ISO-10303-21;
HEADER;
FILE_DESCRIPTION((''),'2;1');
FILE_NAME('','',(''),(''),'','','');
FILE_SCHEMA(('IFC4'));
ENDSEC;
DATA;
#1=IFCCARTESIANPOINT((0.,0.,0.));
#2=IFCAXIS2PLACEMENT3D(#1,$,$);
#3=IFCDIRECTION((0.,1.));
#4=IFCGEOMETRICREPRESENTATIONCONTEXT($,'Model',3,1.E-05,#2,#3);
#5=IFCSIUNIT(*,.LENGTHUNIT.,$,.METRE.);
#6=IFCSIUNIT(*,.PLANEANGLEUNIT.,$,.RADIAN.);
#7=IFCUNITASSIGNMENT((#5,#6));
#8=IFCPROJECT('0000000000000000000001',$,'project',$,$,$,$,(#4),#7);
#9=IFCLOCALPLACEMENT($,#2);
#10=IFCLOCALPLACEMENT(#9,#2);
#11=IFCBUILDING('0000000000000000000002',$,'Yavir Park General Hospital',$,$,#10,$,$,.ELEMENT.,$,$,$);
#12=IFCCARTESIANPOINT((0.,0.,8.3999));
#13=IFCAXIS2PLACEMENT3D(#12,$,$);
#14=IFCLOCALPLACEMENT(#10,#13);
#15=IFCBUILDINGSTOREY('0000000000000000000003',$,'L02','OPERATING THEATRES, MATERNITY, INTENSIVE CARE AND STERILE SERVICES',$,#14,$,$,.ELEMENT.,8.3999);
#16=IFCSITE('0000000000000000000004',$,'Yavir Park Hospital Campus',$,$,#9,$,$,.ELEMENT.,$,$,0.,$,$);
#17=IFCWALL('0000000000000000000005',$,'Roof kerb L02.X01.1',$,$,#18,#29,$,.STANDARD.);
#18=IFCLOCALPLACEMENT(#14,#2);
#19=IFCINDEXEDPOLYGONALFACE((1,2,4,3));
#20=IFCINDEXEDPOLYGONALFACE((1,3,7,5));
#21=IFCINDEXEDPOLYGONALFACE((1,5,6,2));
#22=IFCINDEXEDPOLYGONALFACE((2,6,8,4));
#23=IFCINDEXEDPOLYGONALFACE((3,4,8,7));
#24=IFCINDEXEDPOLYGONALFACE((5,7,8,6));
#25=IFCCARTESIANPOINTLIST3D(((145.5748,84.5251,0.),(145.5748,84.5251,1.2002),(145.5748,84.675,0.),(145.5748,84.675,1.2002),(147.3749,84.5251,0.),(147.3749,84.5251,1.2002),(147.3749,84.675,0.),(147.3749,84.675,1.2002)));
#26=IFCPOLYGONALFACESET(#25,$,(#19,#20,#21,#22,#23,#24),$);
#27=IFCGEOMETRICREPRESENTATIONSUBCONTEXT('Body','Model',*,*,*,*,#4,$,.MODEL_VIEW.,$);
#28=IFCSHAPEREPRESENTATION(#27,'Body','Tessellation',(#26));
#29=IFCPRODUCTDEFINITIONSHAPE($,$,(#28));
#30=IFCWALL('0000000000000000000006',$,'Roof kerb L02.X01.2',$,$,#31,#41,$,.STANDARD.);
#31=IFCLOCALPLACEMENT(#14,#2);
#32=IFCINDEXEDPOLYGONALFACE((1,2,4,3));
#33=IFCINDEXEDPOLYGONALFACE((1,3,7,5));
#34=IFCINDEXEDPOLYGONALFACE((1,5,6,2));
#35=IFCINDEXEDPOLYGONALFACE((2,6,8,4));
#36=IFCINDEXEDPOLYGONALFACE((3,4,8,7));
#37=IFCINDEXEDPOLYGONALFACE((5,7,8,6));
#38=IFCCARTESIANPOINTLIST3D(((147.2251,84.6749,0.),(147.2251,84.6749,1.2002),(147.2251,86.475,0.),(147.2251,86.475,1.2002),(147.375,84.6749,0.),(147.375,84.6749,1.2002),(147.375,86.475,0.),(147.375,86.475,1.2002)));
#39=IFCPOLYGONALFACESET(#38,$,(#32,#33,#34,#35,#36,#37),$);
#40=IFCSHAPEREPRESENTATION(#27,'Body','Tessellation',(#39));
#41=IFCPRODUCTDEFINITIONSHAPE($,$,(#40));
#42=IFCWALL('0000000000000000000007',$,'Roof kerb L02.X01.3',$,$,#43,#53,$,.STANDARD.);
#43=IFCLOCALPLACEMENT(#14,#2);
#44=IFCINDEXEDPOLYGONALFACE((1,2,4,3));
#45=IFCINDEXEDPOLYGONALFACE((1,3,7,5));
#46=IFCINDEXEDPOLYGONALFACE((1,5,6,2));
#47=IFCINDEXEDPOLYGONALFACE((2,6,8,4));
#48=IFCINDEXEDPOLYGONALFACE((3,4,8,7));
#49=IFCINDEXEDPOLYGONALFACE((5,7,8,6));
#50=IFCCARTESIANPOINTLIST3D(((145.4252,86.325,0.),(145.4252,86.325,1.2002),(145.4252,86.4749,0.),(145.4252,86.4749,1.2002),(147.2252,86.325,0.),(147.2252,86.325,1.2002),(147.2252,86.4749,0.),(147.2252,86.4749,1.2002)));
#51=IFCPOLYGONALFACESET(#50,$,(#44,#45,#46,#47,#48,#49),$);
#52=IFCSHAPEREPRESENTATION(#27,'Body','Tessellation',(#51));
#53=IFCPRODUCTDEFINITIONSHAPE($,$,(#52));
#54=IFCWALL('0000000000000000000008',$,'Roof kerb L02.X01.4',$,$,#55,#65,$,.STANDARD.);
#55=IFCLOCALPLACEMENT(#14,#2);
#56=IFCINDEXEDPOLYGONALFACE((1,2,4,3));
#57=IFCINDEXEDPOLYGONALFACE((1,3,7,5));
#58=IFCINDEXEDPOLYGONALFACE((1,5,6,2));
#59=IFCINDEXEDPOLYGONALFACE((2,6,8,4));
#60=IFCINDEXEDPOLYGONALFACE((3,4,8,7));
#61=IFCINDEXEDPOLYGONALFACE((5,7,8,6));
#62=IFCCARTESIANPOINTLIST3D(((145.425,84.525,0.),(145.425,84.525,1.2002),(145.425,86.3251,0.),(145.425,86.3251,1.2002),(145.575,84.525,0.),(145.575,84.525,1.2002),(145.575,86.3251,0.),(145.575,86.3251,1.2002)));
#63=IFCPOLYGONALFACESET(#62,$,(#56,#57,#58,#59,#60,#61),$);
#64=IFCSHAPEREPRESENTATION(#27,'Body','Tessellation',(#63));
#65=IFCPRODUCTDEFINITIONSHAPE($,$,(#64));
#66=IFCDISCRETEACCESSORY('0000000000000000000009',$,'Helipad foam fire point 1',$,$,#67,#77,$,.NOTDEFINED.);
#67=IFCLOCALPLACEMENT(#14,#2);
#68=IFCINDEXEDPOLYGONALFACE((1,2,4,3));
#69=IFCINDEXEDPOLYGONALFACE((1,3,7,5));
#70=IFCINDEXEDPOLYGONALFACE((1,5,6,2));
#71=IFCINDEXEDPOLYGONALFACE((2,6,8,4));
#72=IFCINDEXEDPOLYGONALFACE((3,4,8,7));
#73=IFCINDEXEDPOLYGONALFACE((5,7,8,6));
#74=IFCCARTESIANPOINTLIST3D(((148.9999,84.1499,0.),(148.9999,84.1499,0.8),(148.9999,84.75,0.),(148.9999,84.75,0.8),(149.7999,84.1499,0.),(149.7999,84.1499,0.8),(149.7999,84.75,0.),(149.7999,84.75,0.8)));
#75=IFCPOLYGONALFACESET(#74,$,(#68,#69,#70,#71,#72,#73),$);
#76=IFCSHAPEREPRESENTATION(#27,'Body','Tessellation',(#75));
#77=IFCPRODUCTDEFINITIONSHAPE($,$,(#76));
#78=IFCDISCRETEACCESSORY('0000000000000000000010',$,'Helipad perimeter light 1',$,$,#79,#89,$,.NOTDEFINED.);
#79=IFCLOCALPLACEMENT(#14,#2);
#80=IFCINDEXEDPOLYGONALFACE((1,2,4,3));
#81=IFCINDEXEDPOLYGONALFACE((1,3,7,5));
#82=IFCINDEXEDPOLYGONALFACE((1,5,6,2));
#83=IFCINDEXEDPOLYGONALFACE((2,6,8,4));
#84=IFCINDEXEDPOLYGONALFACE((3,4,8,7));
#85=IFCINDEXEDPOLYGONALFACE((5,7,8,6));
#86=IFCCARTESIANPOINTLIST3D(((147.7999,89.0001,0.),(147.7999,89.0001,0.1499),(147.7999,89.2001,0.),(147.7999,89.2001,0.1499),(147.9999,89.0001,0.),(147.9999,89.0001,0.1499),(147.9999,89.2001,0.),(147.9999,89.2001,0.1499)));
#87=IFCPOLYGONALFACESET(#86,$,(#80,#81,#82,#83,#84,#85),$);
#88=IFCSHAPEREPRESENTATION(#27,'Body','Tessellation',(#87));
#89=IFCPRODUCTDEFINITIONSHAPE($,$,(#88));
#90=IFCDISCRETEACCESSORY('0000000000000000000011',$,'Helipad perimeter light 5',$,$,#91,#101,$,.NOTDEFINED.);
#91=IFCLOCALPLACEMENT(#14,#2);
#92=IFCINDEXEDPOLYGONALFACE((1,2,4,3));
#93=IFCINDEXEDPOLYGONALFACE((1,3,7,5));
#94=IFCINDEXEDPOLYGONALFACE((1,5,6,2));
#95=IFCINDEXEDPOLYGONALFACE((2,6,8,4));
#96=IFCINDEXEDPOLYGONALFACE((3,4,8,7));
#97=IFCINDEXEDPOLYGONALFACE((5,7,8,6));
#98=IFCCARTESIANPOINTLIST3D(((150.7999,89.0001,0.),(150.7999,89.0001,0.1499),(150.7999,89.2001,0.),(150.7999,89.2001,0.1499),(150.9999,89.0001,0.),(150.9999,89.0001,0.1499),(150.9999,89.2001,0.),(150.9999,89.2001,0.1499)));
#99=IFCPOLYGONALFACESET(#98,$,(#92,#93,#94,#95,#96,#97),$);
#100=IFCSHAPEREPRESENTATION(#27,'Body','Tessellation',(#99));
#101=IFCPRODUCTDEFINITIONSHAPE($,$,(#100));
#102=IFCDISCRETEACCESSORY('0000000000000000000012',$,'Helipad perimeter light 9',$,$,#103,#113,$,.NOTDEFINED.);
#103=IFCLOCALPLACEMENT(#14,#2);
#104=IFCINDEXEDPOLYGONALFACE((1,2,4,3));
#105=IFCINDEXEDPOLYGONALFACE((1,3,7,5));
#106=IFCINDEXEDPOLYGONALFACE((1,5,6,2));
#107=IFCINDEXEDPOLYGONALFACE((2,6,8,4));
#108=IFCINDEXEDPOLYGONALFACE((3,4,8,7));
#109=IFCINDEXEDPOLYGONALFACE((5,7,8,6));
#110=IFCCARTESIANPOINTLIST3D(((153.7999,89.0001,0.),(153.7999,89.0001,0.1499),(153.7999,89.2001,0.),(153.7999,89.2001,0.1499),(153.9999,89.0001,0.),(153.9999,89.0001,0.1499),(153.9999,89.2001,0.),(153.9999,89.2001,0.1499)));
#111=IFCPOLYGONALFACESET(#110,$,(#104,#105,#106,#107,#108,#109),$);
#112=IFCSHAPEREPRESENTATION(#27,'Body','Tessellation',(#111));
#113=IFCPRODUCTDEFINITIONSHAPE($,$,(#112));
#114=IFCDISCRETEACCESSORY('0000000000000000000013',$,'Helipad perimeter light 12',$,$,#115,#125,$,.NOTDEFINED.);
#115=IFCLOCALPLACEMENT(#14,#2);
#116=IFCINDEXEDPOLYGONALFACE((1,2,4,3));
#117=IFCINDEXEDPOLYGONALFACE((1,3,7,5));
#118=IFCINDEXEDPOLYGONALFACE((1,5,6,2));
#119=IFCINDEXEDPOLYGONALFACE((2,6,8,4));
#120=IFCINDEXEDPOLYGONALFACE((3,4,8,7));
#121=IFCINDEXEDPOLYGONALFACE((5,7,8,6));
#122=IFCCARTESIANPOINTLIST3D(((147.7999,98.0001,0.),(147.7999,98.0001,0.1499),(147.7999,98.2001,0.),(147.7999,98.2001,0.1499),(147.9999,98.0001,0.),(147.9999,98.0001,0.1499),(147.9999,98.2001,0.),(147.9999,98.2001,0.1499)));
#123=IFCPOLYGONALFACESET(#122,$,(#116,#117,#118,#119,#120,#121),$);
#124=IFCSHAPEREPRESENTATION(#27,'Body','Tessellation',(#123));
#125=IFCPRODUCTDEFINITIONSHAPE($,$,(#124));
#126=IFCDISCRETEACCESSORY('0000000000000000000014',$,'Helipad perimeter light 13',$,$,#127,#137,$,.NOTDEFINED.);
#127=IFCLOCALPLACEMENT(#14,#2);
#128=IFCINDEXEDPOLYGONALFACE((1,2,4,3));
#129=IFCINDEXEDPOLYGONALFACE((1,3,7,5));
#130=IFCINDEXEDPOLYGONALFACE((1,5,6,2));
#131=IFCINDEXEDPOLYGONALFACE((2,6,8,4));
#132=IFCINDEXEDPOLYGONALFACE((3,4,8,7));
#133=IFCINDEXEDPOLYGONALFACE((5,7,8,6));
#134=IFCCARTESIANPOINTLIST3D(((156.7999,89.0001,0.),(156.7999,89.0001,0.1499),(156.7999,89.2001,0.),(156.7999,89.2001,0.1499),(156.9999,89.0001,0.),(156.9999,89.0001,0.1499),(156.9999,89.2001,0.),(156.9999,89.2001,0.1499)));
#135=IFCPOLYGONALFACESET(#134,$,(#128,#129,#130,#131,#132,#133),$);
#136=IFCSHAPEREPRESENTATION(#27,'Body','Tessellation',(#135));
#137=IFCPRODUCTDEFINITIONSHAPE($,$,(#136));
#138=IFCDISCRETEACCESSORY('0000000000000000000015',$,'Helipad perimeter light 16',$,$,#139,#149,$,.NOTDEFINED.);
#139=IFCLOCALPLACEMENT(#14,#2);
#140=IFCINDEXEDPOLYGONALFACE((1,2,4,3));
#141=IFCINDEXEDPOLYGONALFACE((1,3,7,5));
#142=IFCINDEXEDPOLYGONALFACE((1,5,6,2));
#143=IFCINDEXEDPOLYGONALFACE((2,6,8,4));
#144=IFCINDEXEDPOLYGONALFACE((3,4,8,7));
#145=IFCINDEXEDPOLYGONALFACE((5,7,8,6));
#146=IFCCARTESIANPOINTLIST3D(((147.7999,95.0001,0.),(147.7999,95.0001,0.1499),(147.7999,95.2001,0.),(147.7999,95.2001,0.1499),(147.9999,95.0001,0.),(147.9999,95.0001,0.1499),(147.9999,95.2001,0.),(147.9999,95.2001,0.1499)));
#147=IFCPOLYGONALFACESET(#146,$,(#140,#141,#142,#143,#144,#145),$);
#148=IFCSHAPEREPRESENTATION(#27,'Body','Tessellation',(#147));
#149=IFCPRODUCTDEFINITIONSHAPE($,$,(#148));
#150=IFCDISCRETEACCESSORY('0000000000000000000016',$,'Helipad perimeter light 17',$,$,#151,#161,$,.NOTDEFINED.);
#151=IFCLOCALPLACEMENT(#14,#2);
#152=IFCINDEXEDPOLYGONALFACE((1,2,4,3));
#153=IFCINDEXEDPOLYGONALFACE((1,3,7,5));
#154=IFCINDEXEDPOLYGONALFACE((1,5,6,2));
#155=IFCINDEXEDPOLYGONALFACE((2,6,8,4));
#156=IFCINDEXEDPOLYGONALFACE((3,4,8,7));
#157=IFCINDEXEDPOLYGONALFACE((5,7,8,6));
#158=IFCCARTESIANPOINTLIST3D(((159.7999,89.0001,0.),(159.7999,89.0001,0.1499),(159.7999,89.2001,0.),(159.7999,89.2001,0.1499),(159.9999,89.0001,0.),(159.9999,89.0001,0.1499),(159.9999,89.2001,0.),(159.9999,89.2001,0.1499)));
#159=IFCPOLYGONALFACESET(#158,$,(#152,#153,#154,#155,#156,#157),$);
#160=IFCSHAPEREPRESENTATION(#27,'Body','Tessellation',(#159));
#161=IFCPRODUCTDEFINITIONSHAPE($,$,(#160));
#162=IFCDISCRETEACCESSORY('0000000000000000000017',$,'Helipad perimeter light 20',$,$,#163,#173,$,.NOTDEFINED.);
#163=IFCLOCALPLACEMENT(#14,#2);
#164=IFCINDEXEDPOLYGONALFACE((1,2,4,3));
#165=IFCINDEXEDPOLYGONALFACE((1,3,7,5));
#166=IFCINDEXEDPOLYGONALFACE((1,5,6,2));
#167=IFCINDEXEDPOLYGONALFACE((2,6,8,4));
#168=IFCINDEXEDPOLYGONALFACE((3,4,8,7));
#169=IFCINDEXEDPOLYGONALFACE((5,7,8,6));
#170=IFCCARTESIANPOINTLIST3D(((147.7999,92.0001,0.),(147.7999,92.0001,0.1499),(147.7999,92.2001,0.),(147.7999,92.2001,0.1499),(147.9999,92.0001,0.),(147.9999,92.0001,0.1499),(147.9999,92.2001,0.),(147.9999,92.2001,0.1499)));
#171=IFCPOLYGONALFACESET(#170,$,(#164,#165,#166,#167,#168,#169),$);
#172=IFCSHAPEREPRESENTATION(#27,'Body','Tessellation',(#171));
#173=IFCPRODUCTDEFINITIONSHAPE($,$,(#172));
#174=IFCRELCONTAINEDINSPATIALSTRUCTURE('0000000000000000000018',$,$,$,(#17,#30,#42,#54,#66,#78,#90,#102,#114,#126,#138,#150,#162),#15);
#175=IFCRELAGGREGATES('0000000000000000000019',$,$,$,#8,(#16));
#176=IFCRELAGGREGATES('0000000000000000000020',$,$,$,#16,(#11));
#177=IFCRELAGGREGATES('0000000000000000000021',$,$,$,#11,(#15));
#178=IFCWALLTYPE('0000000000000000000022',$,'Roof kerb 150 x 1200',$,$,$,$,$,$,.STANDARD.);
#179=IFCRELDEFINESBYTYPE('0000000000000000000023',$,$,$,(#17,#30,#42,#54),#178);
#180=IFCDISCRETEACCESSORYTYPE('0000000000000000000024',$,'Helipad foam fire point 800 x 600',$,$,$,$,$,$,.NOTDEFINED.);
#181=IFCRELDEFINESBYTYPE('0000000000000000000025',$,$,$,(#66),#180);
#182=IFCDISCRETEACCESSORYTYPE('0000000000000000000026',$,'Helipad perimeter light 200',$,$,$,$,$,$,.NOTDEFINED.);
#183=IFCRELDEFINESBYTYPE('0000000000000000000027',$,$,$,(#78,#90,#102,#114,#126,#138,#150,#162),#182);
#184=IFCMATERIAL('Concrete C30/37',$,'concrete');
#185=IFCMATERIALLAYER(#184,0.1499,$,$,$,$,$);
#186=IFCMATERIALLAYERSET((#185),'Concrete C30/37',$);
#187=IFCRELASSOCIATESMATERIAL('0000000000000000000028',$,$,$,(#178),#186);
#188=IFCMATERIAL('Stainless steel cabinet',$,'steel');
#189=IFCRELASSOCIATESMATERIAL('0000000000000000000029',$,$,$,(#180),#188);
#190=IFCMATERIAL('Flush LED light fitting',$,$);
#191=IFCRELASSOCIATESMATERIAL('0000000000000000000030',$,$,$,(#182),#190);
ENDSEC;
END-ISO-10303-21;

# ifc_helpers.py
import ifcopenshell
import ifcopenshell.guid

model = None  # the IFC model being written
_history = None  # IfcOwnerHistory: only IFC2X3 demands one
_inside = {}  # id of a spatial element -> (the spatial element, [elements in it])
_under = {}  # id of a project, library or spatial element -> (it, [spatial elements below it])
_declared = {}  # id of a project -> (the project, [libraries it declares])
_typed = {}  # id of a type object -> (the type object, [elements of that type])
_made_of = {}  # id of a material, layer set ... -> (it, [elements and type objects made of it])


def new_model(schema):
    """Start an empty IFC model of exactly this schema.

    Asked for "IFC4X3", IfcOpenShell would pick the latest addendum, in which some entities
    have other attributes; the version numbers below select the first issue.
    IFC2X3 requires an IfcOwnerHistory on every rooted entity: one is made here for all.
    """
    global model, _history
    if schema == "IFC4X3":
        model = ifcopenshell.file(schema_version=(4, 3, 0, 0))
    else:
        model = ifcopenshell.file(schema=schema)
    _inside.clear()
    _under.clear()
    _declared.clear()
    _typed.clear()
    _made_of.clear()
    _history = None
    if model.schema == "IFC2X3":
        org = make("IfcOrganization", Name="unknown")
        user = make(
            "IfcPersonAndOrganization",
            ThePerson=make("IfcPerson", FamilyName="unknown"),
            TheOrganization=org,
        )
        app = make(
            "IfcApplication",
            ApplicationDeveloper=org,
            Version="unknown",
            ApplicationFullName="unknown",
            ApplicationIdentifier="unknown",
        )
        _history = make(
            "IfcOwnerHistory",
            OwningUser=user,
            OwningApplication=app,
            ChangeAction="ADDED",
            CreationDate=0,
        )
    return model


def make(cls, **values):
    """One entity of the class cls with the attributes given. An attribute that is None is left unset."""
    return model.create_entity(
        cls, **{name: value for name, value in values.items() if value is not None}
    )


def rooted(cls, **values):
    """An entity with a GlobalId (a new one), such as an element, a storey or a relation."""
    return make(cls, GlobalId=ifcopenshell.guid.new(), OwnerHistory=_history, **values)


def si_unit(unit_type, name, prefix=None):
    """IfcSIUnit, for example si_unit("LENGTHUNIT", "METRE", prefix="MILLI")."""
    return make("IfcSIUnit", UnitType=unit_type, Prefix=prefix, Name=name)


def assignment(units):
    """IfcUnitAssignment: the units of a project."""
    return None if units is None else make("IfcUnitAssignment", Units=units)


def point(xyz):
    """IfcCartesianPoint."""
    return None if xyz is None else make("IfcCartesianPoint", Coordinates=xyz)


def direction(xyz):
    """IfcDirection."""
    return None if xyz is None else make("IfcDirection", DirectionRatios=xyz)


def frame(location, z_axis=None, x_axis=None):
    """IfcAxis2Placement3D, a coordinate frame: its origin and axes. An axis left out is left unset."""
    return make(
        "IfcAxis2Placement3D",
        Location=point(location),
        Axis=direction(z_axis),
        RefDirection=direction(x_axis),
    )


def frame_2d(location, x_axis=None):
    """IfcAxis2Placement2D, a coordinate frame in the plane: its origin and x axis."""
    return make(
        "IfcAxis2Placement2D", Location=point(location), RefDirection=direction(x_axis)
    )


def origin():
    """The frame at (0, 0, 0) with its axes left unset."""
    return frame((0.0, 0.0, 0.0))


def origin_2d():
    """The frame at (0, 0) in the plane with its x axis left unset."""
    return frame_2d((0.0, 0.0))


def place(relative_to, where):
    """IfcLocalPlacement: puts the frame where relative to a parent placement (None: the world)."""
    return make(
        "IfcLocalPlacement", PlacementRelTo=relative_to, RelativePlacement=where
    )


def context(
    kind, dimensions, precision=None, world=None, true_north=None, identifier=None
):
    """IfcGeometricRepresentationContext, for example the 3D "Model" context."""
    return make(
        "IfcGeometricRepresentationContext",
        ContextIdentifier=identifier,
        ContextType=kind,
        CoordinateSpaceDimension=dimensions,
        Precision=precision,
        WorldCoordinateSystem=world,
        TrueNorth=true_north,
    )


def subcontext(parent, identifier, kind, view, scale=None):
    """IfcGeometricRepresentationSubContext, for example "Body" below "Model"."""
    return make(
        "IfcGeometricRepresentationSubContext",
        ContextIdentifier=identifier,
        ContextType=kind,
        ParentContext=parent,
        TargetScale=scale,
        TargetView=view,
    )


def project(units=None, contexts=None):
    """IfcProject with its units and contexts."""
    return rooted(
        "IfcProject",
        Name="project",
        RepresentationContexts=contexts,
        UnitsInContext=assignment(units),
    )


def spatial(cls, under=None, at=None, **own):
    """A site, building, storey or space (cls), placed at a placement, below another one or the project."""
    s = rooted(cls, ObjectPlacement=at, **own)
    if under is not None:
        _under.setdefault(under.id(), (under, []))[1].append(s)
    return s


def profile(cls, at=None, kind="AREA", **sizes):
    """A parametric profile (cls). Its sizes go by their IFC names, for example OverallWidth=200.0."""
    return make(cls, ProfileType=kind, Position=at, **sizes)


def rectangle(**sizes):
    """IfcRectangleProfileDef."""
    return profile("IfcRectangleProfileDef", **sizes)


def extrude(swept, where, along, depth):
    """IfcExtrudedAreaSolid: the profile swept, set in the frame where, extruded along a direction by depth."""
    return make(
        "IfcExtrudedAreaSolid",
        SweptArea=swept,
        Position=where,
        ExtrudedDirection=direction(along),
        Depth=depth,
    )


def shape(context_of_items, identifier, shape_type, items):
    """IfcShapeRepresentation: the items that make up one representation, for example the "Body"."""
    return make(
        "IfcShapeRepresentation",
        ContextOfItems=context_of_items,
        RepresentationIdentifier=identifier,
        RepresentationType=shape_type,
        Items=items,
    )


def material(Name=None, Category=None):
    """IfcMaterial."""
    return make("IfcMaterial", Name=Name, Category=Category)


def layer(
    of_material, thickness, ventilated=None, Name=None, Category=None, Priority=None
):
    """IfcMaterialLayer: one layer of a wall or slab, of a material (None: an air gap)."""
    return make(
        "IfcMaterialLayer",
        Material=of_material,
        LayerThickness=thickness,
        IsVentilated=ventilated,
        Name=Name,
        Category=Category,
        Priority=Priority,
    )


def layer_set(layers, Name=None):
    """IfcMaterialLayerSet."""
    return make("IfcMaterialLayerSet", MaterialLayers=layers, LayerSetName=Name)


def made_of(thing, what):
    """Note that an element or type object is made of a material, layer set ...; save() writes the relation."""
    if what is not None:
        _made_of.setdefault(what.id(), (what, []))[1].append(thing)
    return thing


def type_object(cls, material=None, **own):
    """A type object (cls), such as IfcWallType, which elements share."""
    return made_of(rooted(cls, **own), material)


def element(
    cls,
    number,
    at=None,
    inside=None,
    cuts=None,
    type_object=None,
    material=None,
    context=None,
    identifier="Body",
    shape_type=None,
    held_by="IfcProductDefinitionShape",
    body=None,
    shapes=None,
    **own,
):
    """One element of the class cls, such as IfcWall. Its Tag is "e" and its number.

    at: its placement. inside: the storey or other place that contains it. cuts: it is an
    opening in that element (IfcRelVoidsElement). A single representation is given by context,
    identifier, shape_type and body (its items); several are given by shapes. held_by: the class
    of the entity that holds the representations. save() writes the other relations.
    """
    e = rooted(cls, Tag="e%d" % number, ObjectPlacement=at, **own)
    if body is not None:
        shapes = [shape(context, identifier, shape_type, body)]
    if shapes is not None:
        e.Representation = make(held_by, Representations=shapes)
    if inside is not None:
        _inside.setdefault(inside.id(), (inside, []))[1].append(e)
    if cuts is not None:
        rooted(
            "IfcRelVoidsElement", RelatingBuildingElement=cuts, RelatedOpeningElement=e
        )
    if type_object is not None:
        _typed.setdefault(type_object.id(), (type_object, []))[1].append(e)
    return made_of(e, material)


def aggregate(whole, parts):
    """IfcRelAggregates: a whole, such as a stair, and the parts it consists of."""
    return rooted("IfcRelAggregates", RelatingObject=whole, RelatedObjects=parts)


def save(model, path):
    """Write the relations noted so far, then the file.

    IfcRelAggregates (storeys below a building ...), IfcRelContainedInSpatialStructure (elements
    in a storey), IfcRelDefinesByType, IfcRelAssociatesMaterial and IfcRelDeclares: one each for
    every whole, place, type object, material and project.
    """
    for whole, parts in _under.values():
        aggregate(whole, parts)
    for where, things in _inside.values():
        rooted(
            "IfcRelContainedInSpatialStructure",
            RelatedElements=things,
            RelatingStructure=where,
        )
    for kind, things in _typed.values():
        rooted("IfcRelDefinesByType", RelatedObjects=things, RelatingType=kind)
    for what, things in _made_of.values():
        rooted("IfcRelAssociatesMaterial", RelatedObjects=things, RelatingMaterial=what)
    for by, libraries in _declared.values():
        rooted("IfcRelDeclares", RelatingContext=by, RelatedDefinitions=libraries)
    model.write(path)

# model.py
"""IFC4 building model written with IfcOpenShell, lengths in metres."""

from ifc_helpers import new_model, si_unit, direction, frame, frame_2d, origin, origin_2d, place, context, subcontext, project, spatial, rectangle, extrude, material, layer, layer_set, type_object, element, save


model = new_model("IFC4")

# Units and contexts
model_context = context("Model", 3, precision=1e-05, world=origin(), true_north=direction((0.0, 1.0)))
body_context = subcontext(model_context, "Body", "Model", "MODEL_VIEW")
ifc_project = project(units=[si_unit("LENGTHUNIT", "METRE"), si_unit("PLANEANGLEUNIT", "RADIAN")], contexts=[model_context])

# Site, building, storey
site_placement = place(None, origin())
site = spatial("IfcSite", under=ifc_project, at=site_placement, Name="Yavir Park Hospital Campus", CompositionType="ELEMENT", RefElevation=0.0)
building_placement = place(site_placement, origin())
building = spatial("IfcBuilding", under=site, at=building_placement, Name="Yavir Park General Hospital", CompositionType="ELEMENT")
storey_placement = place(building_placement, frame((0.0, 0.0, 8.3999)))
storey = spatial("IfcBuildingStorey", under=building, at=storey_placement, Name="L02", Description="OPERATING THEATRES, MATERNITY, INTENSIVE CARE AND STERILE SERVICES", CompositionType="ELEMENT", Elevation=8.3999)

# Walls
ifc_material_1 = material(Name="Concrete C30/37", Category="concrete")
ifc_layer = layer(ifc_material_1, 0.1499)
ifc_layer_set = layer_set([ifc_layer], Name="Concrete C30/37")
wall_type = type_object("IfcWallType", Name="Roof kerb 150 x 1200", PredefinedType="STANDARD", material=ifc_layer_set)
for number, where, z_axis, x_axis, name in (
    (1, (145.575, 84.6001, 0.0), (0.0, 0.0, 1.0), (1.0, 0.0, 0.0), "Roof kerb L02.X01.1"),
    (2, (147.3, 84.675, 0.0), (0.0, 0.0, 1.0), (0.0, 1.0, 0.0), "Roof kerb L02.X01.2"),
    (3, (147.2251, 86.3999, 0.0), (0.0, 0.0, 1.0), (-1.0, 0.0, 0.0), "Roof kerb L02.X01.3"),
    (4, (145.5, 86.325, 0.0), (0.0, 0.0, 1.0), (0.0, -1.0, 0.0), "Roof kerb L02.X01.4"),
):
    element("IfcWall", number, at=place(storey_placement, frame(where, z_axis=z_axis, x_axis=x_axis)), inside=storey, type_object=wall_type, Name=name, PredefinedType="STANDARD", context=body_context, shape_type="SweptSolid", body=[
        extrude(rectangle(XDim=1.8, YDim=0.1499, at=frame_2d((0.8999, 0.0))), origin(), (0.0, 0.0, 1.0), 1.2002),
    ])

# Discrete accessories
ifc_material_2 = material(Name="Stainless steel cabinet", Category="steel")
discrete_accessory_type_1 = type_object("IfcDiscreteAccessoryType", Name="Helipad foam fire point 800 x 600", PredefinedType="NOTDEFINED", material=ifc_material_2)
discrete_accessory_placement = place(storey_placement, frame((149.3999, 84.45, 0.0), z_axis=(0.0, 0.0, 1.0), x_axis=(1.0, 0.0, 0.0)))
element("IfcDiscreteAccessory", 5, at=discrete_accessory_placement, inside=storey, type_object=discrete_accessory_type_1, Name="Helipad foam fire point 1", PredefinedType="NOTDEFINED", context=body_context, shape_type="SweptSolid", body=[
    extrude(rectangle(XDim=0.8, YDim=0.6001, at=origin_2d()), origin(), (0.0, 0.0, 1.0), 0.8),
])
ifc_material_3 = material(Name="Flush LED light fitting")
discrete_accessory_type_2 = type_object("IfcDiscreteAccessoryType", Name="Helipad perimeter light 200", PredefinedType="NOTDEFINED", material=ifc_material_3)
for number, where, z_axis, x_axis, name in (
    (6, (147.8999, 89.1001, 0.0), (0.0, 0.0, 1.0), (1.0, 0.0, 0.0), "Helipad perimeter light 1"),
    (7, (150.8999, 89.1001, 0.0), (0.0, 0.0, 1.0), (1.0, 0.0, 0.0), "Helipad perimeter light 5"),
    (8, (153.8999, 89.1001, 0.0), (0.0, 0.0, 1.0), (1.0, 0.0, 0.0), "Helipad perimeter light 9"),
    (9, (147.8999, 98.1001, 0.0), (0.0, 0.0, 1.0), (1.0, 0.0, 0.0), "Helipad perimeter light 12"),
    (10, (156.8999, 89.1001, 0.0), (0.0, 0.0, 1.0), (1.0, 0.0, 0.0), "Helipad perimeter light 13"),
    (11, (147.8999, 95.1001, 0.0), (0.0, 0.0, 1.0), (1.0, 0.0, 0.0), "Helipad perimeter light 16"),
    (12, (159.8999, 89.1001, 0.0), (0.0, 0.0, 1.0), (1.0, 0.0, 0.0), "Helipad perimeter light 17"),
    (13, (147.8999, 92.1001, 0.0), (0.0, 0.0, 1.0), (1.0, 0.0, 0.0), "Helipad perimeter light 20"),
):
    element("IfcDiscreteAccessory", number, at=place(storey_placement, frame(where, z_axis=z_axis, x_axis=x_axis)), inside=storey, type_object=discrete_accessory_type_2, Name=name, PredefinedType="NOTDEFINED", context=body_context, shape_type="SweptSolid", body=[
        extrude(rectangle(XDim=0.2, YDim=0.2, at=origin_2d()), origin(), (0.0, 0.0, 1.0), 0.1499),
    ])

save(model, "model.ifc")
